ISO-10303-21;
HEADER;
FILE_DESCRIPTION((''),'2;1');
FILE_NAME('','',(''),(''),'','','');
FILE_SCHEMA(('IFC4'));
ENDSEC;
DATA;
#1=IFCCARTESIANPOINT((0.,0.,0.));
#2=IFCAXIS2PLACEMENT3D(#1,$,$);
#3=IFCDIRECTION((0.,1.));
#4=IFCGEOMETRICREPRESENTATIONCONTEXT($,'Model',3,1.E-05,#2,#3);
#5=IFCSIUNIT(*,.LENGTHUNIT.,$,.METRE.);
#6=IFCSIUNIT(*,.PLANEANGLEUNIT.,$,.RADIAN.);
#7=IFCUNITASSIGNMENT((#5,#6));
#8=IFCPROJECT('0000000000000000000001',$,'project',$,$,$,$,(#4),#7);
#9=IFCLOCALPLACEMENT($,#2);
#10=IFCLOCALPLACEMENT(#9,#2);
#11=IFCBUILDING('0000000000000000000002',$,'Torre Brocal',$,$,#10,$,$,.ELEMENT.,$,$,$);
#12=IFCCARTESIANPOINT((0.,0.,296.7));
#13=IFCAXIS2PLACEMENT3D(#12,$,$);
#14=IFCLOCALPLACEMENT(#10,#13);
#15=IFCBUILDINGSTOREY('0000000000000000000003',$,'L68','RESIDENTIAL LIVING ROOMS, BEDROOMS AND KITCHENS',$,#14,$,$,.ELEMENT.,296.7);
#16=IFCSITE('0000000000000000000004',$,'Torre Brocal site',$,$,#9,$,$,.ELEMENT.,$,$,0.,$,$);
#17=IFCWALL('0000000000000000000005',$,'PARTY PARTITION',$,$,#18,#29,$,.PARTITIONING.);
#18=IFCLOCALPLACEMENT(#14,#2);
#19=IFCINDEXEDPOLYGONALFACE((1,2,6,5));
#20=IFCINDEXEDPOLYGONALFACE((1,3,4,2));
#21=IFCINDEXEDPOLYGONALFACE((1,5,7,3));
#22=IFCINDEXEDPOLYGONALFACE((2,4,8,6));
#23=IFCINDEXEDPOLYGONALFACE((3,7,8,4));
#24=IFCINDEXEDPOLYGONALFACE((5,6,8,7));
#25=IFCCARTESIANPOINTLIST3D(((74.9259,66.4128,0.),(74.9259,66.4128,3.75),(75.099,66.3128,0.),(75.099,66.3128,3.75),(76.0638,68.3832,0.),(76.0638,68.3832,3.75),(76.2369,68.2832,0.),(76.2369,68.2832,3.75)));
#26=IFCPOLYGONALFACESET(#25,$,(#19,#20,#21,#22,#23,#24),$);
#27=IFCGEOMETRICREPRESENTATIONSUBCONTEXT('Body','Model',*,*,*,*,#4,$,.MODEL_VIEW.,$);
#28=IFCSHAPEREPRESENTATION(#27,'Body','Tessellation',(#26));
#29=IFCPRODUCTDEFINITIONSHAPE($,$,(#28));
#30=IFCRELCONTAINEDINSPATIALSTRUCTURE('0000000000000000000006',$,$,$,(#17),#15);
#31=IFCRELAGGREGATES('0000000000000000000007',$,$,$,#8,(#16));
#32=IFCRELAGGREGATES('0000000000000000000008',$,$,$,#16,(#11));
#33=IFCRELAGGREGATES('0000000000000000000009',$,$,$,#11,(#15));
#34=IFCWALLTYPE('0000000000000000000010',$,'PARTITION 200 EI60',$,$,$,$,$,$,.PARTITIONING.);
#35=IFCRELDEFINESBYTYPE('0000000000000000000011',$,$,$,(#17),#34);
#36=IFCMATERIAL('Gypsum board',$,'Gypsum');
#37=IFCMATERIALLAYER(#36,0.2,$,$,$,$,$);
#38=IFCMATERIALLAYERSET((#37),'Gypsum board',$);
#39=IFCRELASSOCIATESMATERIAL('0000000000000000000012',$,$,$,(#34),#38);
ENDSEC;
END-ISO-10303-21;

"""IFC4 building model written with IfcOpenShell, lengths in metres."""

from ifc_helpers import new_model, si_unit, direction, frame, frame_2d, origin, place, context, subcontext, project, spatial, rectangle, extrude, material, layer, layer_set, type_object, element, save


model = new_model("IFC4")

# Units and contexts
model_context = context("Model", 3, precision=1e-05, world=origin(), true_north=direction((0.0, 1.0)))
body_context = subcontext(model_context, "Body", "Model", "MODEL_VIEW")
ifc_project = project(units=[si_unit("LENGTHUNIT", "METRE"), si_unit("PLANEANGLEUNIT", "RADIAN")], contexts=[model_context])

# Site, building, storey
site_placement = place(None, origin())
site = spatial("IfcSite", under=ifc_project, at=site_placement, Name="Torre Brocal site", CompositionType="ELEMENT", RefElevation=0.0)
building_placement = place(site_placement, origin())
building = spatial("IfcBuilding", under=site, at=building_placement, Name="Torre Brocal", CompositionType="ELEMENT")
storey_placement = place(building_placement, frame((0.0, 0.0, 296.7)))
storey = spatial("IfcBuildingStorey", under=building, at=storey_placement, Name="L68", Description="RESIDENTIAL LIVING ROOMS, BEDROOMS AND KITCHENS", CompositionType="ELEMENT", Elevation=296.7)

# Shared definitions
ifc_material_1 = material(Name="Gypsum board", Category="Gypsum")
ifc_layer_1 = layer(ifc_material_1, 0.2)
ifc_layer_set_1 = layer_set([ifc_layer_1], Name="Gypsum board")
wall_type_1 = type_object("IfcWallType", Name="PARTITION 200 EI60", PredefinedType="PARTITIONING", material=ifc_layer_set_1)

# Wall
wall_1_placement = place(storey_placement, frame((75.0125, 66.3628, 0.0), z_axis=(0.0, 0.0, 1.0), x_axis=(0.500097, 0.865969, 0.0)))
element("IfcWall", 1, at=wall_1_placement, inside=storey, type_object=wall_type_1, Name="PARTY PARTITION", PredefinedType="PARTITIONING", context=body_context, shape_type="SweptSolid", body=[
    extrude(rectangle(XDim=2.2754, YDim=0.2, at=frame_2d((1.1377, 0.0))), origin(), (0.0, 0.0, 1.0), 3.75),
])

save(model, "model.ifc")
